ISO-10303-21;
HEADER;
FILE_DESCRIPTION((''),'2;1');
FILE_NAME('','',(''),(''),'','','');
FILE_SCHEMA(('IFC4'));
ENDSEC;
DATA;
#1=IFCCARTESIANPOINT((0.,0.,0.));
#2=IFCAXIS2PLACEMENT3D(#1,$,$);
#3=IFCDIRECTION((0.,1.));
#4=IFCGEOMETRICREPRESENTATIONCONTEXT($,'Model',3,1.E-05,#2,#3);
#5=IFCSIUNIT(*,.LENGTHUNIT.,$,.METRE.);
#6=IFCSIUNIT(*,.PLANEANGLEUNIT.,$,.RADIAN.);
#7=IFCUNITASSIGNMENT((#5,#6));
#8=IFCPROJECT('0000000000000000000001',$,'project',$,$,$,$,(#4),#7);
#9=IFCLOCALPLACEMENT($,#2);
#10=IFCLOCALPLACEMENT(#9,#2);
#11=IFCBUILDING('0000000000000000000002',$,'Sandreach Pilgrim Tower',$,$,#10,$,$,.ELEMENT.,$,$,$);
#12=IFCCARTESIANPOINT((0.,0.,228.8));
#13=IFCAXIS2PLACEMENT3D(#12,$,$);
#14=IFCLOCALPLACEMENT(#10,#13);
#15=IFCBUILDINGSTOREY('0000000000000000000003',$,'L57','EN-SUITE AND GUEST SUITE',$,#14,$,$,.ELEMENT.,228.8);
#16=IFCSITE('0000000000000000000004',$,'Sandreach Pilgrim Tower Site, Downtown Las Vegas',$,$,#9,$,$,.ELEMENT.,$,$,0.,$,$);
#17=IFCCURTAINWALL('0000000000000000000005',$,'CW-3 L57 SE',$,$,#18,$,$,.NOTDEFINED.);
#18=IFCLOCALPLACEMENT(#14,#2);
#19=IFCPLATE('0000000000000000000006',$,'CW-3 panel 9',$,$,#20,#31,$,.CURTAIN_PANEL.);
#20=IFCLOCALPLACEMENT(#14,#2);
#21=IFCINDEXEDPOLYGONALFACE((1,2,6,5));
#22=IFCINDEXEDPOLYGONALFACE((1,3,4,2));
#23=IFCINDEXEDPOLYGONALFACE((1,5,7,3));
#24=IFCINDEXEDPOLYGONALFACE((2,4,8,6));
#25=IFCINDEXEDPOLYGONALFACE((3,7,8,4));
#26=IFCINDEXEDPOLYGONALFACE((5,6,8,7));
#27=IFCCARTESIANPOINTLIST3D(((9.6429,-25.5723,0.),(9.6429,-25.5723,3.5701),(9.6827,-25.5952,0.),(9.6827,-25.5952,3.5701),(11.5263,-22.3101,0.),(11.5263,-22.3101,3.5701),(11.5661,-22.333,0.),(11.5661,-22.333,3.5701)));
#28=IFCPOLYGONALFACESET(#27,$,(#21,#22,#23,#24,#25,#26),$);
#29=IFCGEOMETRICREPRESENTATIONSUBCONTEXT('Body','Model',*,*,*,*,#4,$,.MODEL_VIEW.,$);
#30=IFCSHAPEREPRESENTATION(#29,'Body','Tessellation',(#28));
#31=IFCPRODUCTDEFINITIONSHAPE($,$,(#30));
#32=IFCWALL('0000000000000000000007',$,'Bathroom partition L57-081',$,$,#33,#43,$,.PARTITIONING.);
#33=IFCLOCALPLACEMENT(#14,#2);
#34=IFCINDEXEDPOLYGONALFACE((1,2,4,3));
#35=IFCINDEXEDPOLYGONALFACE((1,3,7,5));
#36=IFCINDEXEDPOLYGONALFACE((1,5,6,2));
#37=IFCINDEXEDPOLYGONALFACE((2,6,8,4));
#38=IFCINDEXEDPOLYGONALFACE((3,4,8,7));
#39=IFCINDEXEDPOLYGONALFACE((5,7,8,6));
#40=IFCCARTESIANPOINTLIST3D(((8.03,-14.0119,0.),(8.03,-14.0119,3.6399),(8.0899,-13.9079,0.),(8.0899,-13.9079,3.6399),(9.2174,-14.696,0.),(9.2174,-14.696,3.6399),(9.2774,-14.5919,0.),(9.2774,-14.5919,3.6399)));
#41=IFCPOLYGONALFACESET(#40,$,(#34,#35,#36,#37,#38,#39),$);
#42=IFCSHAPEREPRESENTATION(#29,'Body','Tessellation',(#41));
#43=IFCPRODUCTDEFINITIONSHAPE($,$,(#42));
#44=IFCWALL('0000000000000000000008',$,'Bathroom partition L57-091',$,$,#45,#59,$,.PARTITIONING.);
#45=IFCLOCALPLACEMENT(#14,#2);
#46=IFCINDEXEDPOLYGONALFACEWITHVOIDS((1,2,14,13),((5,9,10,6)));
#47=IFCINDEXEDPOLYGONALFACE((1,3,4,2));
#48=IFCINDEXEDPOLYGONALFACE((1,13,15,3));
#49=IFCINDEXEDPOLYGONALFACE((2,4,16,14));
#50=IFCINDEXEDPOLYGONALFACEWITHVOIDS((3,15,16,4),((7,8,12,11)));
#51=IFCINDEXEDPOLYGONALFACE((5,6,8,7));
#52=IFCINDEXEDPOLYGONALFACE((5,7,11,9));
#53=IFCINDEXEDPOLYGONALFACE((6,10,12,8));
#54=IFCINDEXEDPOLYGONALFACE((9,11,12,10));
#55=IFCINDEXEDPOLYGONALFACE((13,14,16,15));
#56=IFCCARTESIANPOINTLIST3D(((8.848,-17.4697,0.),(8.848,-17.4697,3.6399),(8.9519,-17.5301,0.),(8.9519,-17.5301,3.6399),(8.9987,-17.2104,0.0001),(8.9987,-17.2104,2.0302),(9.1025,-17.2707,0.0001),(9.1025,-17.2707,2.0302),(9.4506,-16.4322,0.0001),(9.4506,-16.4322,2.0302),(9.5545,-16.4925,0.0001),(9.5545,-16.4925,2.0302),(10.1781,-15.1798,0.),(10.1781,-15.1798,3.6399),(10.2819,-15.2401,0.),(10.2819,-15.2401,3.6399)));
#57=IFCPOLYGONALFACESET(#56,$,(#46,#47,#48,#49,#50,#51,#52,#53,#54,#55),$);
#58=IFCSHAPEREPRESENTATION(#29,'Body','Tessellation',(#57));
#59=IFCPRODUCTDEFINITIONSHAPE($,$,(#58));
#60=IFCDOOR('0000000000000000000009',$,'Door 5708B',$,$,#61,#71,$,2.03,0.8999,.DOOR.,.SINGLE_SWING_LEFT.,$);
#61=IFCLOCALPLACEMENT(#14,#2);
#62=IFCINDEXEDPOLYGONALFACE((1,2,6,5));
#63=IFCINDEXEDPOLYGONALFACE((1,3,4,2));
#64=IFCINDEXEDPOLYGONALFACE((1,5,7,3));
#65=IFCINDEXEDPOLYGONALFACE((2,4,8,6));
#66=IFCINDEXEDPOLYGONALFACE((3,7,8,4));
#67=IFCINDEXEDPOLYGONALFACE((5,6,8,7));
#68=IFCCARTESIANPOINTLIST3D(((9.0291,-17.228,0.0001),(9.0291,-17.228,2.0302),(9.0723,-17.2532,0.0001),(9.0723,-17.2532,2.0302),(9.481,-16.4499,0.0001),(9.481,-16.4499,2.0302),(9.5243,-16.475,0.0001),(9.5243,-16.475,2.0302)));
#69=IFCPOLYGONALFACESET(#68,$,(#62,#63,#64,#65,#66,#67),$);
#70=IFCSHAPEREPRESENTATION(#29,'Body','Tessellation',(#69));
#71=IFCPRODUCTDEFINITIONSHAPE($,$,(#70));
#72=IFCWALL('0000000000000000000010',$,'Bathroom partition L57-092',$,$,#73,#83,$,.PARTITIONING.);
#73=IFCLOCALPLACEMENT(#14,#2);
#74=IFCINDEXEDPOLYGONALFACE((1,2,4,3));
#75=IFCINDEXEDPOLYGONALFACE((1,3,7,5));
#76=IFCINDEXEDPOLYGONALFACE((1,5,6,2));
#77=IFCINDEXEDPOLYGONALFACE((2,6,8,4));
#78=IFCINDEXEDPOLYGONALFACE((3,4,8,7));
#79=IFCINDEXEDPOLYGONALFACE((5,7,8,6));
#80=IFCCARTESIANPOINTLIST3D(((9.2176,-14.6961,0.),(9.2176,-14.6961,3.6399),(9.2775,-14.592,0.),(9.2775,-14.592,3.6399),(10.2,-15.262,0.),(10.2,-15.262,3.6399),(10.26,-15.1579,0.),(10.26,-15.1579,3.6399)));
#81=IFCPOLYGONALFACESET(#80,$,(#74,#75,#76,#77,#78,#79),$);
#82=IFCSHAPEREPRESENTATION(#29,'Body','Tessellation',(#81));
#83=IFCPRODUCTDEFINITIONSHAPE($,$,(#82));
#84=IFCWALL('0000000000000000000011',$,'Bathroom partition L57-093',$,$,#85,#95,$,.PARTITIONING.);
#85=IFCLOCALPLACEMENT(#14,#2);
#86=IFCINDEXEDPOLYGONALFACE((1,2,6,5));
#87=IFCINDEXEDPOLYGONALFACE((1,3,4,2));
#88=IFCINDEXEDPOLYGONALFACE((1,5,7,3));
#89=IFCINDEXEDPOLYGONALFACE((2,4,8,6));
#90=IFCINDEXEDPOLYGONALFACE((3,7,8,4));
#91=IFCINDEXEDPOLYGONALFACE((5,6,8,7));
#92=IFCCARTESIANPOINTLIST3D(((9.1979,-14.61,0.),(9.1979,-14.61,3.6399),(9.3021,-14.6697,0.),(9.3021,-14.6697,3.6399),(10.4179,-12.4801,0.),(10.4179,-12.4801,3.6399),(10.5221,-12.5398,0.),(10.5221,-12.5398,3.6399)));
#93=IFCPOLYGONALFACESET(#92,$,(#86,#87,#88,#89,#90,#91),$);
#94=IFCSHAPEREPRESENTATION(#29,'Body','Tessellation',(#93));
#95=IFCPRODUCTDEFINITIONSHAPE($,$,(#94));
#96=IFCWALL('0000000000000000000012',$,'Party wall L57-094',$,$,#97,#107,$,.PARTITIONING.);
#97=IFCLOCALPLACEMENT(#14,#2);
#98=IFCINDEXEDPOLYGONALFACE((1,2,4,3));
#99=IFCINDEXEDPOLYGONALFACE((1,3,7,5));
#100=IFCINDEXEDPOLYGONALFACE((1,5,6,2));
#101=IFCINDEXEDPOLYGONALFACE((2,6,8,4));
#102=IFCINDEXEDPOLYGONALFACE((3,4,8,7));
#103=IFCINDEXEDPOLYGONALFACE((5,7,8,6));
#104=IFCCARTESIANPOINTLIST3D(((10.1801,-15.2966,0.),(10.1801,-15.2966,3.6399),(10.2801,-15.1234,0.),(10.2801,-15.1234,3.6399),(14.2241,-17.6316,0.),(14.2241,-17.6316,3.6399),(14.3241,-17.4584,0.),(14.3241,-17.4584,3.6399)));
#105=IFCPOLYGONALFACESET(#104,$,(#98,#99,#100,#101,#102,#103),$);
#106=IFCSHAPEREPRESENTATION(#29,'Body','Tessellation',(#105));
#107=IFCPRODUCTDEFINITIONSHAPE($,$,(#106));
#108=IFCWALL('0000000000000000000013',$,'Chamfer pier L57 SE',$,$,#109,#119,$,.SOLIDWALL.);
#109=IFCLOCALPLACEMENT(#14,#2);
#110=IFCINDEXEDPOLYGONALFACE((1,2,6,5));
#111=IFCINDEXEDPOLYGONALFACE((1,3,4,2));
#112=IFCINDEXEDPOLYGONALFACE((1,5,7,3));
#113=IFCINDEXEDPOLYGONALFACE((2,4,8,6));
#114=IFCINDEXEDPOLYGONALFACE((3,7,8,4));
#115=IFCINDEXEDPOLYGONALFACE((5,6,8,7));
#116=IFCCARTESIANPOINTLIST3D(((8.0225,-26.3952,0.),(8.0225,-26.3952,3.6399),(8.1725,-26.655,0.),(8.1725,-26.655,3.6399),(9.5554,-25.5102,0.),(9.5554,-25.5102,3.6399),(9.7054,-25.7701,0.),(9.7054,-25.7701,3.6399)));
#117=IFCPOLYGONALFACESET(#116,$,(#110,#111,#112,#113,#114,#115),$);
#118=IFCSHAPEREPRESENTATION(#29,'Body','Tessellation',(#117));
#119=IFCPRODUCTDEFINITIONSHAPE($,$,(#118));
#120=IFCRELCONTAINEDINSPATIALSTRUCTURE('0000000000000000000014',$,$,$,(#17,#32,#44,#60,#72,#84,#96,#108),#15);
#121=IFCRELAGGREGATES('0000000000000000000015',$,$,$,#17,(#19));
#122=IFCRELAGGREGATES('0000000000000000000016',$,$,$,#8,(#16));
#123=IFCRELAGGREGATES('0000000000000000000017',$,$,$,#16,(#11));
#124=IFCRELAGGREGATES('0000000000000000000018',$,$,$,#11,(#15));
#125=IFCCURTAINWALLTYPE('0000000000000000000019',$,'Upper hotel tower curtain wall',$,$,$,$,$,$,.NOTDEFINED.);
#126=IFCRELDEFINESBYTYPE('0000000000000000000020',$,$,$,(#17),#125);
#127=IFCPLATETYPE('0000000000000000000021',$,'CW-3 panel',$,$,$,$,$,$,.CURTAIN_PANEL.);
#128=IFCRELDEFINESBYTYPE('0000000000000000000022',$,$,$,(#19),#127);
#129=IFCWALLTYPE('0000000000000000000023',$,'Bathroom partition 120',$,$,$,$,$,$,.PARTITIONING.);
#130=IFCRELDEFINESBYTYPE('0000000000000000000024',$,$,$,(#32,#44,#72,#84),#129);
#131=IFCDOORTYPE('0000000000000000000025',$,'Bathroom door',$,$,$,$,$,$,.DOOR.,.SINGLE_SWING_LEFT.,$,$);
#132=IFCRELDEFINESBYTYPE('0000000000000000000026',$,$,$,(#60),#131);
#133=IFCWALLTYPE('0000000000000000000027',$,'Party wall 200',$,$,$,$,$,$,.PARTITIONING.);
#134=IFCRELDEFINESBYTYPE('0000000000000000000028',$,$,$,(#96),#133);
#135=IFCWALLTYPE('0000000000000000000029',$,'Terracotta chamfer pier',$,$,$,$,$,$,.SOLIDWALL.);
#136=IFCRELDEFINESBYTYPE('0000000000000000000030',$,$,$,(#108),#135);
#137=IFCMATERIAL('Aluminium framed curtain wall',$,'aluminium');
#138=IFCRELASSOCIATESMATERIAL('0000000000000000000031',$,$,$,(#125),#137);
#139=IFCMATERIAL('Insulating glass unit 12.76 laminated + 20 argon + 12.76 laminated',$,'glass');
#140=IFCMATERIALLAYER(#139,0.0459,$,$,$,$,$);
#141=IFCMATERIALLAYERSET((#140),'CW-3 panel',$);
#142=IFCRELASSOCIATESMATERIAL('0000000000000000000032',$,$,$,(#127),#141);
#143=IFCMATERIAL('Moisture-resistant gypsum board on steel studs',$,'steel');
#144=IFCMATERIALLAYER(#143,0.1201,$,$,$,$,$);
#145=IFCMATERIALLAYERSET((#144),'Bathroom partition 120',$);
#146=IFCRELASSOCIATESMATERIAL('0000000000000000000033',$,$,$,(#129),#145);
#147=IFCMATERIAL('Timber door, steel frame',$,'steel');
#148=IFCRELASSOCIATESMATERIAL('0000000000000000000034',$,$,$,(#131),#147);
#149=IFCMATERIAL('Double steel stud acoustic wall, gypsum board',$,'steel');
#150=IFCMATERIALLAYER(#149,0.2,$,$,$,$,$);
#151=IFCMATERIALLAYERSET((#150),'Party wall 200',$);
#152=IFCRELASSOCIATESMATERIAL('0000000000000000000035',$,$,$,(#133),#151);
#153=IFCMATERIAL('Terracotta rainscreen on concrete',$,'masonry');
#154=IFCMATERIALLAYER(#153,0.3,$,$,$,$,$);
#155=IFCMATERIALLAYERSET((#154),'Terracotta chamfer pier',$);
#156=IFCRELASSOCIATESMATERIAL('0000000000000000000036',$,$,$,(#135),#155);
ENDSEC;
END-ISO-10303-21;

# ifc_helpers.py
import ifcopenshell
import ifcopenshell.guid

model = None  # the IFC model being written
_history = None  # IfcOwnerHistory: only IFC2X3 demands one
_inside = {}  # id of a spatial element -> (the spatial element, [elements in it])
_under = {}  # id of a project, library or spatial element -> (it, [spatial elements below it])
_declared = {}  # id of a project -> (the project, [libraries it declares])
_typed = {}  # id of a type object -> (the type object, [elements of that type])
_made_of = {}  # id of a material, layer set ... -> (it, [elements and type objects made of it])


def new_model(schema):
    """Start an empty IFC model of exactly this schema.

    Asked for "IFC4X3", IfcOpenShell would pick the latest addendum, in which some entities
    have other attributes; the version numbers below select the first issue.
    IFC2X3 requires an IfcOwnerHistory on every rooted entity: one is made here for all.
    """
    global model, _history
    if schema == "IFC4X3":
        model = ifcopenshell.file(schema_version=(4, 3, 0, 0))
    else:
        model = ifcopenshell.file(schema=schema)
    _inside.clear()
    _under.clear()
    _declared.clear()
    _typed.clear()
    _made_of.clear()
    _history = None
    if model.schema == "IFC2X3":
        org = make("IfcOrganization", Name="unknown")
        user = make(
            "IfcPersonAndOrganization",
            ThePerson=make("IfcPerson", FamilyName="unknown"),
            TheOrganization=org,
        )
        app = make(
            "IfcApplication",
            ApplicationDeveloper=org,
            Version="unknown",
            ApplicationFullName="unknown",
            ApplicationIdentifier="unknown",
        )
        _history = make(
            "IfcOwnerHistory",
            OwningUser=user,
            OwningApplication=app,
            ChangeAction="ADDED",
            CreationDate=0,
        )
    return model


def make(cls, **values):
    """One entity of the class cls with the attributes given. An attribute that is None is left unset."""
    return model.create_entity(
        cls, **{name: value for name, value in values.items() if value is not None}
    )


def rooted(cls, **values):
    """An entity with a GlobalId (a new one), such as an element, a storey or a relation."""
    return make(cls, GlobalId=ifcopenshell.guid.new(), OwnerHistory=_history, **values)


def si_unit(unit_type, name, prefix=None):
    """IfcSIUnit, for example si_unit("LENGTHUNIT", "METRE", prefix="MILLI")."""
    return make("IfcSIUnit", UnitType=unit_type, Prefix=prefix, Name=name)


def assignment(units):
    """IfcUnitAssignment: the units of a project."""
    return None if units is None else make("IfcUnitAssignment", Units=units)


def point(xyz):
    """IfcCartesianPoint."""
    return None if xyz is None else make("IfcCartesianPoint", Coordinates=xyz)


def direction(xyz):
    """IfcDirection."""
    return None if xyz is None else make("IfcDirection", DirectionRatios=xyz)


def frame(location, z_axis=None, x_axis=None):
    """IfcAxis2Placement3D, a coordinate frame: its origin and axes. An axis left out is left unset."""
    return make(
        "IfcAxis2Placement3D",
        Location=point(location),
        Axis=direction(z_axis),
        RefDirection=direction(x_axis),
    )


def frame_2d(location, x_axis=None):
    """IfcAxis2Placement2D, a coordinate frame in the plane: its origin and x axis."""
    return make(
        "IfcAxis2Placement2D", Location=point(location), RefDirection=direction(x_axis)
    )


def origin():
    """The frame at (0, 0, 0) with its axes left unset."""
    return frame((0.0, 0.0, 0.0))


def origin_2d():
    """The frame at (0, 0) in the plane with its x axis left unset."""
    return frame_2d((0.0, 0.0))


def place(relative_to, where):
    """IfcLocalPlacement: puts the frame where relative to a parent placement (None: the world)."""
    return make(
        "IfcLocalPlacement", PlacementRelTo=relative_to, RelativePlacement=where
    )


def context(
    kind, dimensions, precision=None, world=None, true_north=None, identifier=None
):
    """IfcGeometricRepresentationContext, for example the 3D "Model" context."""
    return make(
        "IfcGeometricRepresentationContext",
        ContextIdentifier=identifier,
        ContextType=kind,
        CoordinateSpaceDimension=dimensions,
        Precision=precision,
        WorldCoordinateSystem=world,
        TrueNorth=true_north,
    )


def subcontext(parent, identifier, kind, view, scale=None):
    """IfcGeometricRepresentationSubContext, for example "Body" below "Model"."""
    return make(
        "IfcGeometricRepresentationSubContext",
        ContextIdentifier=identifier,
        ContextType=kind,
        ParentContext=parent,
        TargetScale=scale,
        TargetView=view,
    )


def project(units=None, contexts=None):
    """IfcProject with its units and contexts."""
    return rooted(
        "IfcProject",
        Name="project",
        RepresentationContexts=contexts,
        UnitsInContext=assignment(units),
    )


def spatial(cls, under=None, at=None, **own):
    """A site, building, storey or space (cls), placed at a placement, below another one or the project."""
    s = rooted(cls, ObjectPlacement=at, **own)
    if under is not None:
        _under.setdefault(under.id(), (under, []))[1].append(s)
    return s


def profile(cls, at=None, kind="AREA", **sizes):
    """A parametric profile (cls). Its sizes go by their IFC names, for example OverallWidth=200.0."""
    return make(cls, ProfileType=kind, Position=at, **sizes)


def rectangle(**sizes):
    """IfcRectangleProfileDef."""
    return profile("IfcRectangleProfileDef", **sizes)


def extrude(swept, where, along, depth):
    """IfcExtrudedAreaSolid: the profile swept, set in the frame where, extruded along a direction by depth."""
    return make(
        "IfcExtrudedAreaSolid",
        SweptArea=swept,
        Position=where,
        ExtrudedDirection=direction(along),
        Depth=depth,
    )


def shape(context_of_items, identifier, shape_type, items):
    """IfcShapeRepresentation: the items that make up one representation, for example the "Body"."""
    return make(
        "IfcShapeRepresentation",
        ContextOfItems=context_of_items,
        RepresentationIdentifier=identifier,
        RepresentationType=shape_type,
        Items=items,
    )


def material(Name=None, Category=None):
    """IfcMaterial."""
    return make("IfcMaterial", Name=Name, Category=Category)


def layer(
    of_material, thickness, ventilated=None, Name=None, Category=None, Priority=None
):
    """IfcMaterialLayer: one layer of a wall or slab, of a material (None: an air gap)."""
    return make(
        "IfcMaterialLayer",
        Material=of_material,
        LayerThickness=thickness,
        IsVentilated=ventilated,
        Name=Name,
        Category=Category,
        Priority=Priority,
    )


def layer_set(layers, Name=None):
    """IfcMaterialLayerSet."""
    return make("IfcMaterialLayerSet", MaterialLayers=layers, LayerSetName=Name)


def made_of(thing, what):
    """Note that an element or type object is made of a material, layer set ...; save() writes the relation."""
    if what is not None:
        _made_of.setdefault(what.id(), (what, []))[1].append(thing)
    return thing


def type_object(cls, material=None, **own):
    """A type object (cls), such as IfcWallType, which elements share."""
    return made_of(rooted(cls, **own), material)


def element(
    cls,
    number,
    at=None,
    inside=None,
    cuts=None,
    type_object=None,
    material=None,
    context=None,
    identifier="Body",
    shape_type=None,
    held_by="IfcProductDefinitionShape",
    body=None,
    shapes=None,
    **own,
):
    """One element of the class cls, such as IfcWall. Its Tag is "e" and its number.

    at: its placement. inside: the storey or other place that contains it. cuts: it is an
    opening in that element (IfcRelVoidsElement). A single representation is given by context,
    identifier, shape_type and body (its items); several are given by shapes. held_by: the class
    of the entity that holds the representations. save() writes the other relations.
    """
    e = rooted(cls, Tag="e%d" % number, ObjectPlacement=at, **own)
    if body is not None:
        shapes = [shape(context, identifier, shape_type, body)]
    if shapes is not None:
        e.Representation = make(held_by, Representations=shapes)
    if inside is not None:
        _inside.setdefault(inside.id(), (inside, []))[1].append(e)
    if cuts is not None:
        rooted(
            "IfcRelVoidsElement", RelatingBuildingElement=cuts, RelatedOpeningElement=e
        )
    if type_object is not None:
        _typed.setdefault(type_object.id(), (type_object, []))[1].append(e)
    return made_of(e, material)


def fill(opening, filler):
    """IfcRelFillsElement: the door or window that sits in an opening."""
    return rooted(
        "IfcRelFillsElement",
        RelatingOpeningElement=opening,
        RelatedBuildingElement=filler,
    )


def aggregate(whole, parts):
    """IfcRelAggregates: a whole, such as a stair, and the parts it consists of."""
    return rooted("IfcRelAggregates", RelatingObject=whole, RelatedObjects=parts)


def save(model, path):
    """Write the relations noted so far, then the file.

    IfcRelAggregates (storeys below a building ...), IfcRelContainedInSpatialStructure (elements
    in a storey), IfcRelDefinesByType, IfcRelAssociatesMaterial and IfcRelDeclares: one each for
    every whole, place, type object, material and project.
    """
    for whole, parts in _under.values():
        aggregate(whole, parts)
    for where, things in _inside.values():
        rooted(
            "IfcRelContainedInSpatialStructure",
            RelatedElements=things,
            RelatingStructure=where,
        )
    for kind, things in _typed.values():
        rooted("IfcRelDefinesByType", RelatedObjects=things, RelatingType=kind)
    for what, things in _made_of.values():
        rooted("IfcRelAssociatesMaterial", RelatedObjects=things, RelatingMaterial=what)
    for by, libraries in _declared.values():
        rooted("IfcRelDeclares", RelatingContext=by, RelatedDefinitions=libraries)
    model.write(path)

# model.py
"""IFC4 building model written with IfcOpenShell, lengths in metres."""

from ifc_helpers import new_model, si_unit, direction, frame, frame_2d, origin, origin_2d, place, context, subcontext, project, spatial, rectangle, extrude, material, layer, layer_set, type_object, element, fill, aggregate, save


model = new_model("IFC4")

# Units and contexts
model_context = context("Model", 3, precision=1e-05, world=origin(), true_north=direction((0.0, 1.0)))
body_context = subcontext(model_context, "Body", "Model", "MODEL_VIEW")
ifc_project = project(units=[si_unit("LENGTHUNIT", "METRE"), si_unit("PLANEANGLEUNIT", "RADIAN")], contexts=[model_context])

# Site, building, storey
site_placement = place(None, origin())
site = spatial("IfcSite", under=ifc_project, at=site_placement, Name="Sandreach Pilgrim Tower Site, Downtown Las Vegas", CompositionType="ELEMENT", RefElevation=0.0)
building_placement = place(site_placement, origin())
building = spatial("IfcBuilding", under=site, at=building_placement, Name="Sandreach Pilgrim Tower", CompositionType="ELEMENT")
storey_placement = place(building_placement, frame((0.0, 0.0, 228.8)))
storey = spatial("IfcBuildingStorey", under=building, at=storey_placement, Name="L57", Description="EN-SUITE AND GUEST SUITE", CompositionType="ELEMENT", Elevation=228.8)

# Curtain wall
ifc_material_1 = material(Name="Aluminium framed curtain wall", Category="aluminium")
curtain_wall_type = type_object("IfcCurtainWallType", Name="Upper hotel tower curtain wall", PredefinedType="NOTDEFINED", material=ifc_material_1)
curtain_wall_1_placement = place(storey_placement, origin())
curtain_wall_1 = element("IfcCurtainWall", 1, at=curtain_wall_1_placement, inside=storey, type_object=curtain_wall_type, Name="CW-3 L57 SE", PredefinedType="NOTDEFINED")

# Plate
ifc_material_2 = material(Name="Insulating glass unit 12.76 laminated + 20 argon + 12.76 laminated", Category="glass")
ifc_layer_1 = layer(ifc_material_2, 0.0459)
ifc_layer_set_1 = layer_set([ifc_layer_1], Name="CW-3 panel")
plate_type = type_object("IfcPlateType", Name="CW-3 panel", PredefinedType="CURTAIN_PANEL", material=ifc_layer_set_1)
plate_1_placement = place(storey_placement, frame((10.6045, -23.9526, 0.0), z_axis=(0.0, 0.0, 1.0), x_axis=(-0.5, -0.866025, 0.0)))
plate_1 = element("IfcPlate", 2, at=plate_1_placement, type_object=plate_type, Name="CW-3 panel 9", PredefinedType="CURTAIN_PANEL", context=body_context, shape_type="SweptSolid", body=[
    extrude(rectangle(XDim=3.7668, YDim=0.0459, at=origin_2d()), origin(), (0.0, 0.0, 1.0), 3.5701),
])
aggregate(curtain_wall_1, [plate_1])

# Wall
ifc_material_3 = material(Name="Moisture-resistant gypsum board on steel studs", Category="steel")
ifc_layer_2 = layer(ifc_material_3, 0.1201)
ifc_layer_set_2 = layer_set([ifc_layer_2], Name="Bathroom partition 120")
wall_type_1 = type_object("IfcWallType", Name="Bathroom partition 120", PredefinedType="PARTITIONING", material=ifc_layer_set_2)
wall_1_placement = place(storey_placement, frame((8.0601, -13.96, 0.0), z_axis=(0.0, 0.0, 1.0), x_axis=(0.866506, -0.499167, 0.0)))
element("IfcWall", 3, at=wall_1_placement, inside=storey, type_object=wall_type_1, Name="Bathroom partition L57-081", PredefinedType="PARTITIONING", context=body_context, shape_type="SweptSolid", body=[
    extrude(rectangle(XDim=1.3704, YDim=0.1201, at=frame_2d((0.6851, 0.0))), origin(), (0.0, 0.0, 1.0), 3.6399),
])

# Wall, opening, door
wall_2_placement = place(storey_placement, frame((8.8999, -17.5, 0.0), z_axis=(0.0, 0.0, 1.0), x_axis=(0.502242, 0.864727, 0.0)))
wall_2 = element("IfcWall", 4, at=wall_2_placement, inside=storey, type_object=wall_type_1, Name="Bathroom partition L57-091", PredefinedType="PARTITIONING", context=body_context, shape_type="SweptSolid", body=[
    extrude(rectangle(XDim=2.6482, YDim=0.1201, at=frame_2d((1.3242, 0.0))), origin(), (0.0, 0.0, 1.0), 3.6399),
])
opening_placement = place(wall_2_placement, frame((0.3, 0.0, 0.0)))
opening = element("IfcOpeningElement", 5, at=opening_placement, cuts=wall_2, PredefinedType="OPENING", context=body_context, shape_type="SweptSolid", body=[
    extrude(rectangle(XDim=0.8999, YDim=2.03, at=frame_2d((0.45, 1.0151))), frame((0.0, 0.0601, 0.0), z_axis=(0.0, -1.0, 0.0), x_axis=(1.0, 0.0, 0.0)), (0.0, 0.0, 1.0), 0.1201),
])
ifc_material_4 = material(Name="Timber door, steel frame", Category="steel")
door_type = type_object("IfcDoorType", Name="Bathroom door", OperationType="SINGLE_SWING_LEFT", PredefinedType="DOOR", material=ifc_material_4)
door_placement = place(opening_placement, origin())
door = element("IfcDoor", 6, at=door_placement, inside=storey, type_object=door_type, Name="Door 5708B", OperationType="SINGLE_SWING_LEFT", OverallHeight=2.03, OverallWidth=0.8999, PredefinedType="DOOR", context=body_context, shape_type="SweptSolid", body=[
    extrude(rectangle(XDim=0.8999, YDim=2.03, at=frame_2d((0.45, 1.0151))), frame((0.0, 0.0249, 0.0), z_axis=(0.0, -1.0, 0.0), x_axis=(1.0, 0.0, 0.0)), (0.0, 0.0, 1.0), 0.05),
])
fill(opening, door)

# Walls
wall_3_placement = place(storey_placement, frame((9.2476, -14.644, 0.0), z_axis=(0.0, 0.0, 1.0), x_axis=(0.866515, -0.499151, 0.0)))
element("IfcWall", 7, at=wall_3_placement, inside=storey, type_object=wall_type_1, Name="Bathroom partition L57-092", PredefinedType="PARTITIONING", context=body_context, shape_type="SweptSolid", body=[
    extrude(rectangle(XDim=1.1338, YDim=0.1201, at=frame_2d((0.5669, 0.0))), origin(), (0.0, 0.0, 1.0), 3.6399),
])
wall_4_placement = place(storey_placement, frame((9.25, -14.6399, 0.0), z_axis=(0.0, 0.0, 1.0), x_axis=(0.497028, 0.867735, 0.0)))
element("IfcWall", 8, at=wall_4_placement, inside=storey, type_object=wall_type_1, Name="Bathroom partition L57-093", PredefinedType="PARTITIONING", context=body_context, shape_type="SweptSolid", body=[
    extrude(rectangle(XDim=2.4546, YDim=0.1201, at=frame_2d((1.2273, 0.0))), origin(), (0.0, 0.0, 1.0), 3.6399),
])
ifc_material_5 = material(Name="Double steel stud acoustic wall, gypsum board", Category="steel")
ifc_layer_3 = layer(ifc_material_5, 0.2)
ifc_layer_set_3 = layer_set([ifc_layer_3], Name="Party wall 200")
wall_type_2 = type_object("IfcWallType", Name="Party wall 200", PredefinedType="PARTITIONING", material=ifc_layer_set_3)
wall_5_placement = place(storey_placement, frame((10.23, -15.21, 0.0), z_axis=(0.0, 0.0, 1.0), x_axis=(0.866008, -0.50003, 0.0)))
element("IfcWall", 9, at=wall_5_placement, inside=storey, type_object=wall_type_2, Name="Party wall L57-094", PredefinedType="PARTITIONING", context=body_context, shape_type="SweptSolid", body=[
    extrude(rectangle(XDim=4.6697, YDim=0.2, at=frame_2d((2.335, 0.0))), origin(), (0.0, 0.0, 1.0), 3.6399),
])
ifc_material_6 = material(Name="Terracotta rainscreen on concrete", Category="masonry")
ifc_layer_4 = layer(ifc_material_6, 0.3)
ifc_layer_set_4 = layer_set([ifc_layer_4], Name="Terracotta chamfer pier")
wall_type_3 = type_object("IfcWallType", Name="Terracotta chamfer pier", PredefinedType="SOLIDWALL", material=ifc_layer_set_4)
wall_6_placement = place(storey_placement, frame((9.6304, -25.6401, 0.0), z_axis=(0.0, 0.0, 1.0), x_axis=(-0.866036, -0.499981, 0.0)))
element("IfcWall", 10, at=wall_6_placement, inside=storey, type_object=wall_type_3, Name="Chamfer pier L57 SE", PredefinedType="SOLIDWALL", context=body_context, shape_type="SweptSolid", body=[
    extrude(rectangle(XDim=1.77, YDim=0.3, at=frame_2d((0.885, 0.0))), origin(), (0.0, 0.0, 1.0), 3.6399),
])

save(model, "model.ifc")
